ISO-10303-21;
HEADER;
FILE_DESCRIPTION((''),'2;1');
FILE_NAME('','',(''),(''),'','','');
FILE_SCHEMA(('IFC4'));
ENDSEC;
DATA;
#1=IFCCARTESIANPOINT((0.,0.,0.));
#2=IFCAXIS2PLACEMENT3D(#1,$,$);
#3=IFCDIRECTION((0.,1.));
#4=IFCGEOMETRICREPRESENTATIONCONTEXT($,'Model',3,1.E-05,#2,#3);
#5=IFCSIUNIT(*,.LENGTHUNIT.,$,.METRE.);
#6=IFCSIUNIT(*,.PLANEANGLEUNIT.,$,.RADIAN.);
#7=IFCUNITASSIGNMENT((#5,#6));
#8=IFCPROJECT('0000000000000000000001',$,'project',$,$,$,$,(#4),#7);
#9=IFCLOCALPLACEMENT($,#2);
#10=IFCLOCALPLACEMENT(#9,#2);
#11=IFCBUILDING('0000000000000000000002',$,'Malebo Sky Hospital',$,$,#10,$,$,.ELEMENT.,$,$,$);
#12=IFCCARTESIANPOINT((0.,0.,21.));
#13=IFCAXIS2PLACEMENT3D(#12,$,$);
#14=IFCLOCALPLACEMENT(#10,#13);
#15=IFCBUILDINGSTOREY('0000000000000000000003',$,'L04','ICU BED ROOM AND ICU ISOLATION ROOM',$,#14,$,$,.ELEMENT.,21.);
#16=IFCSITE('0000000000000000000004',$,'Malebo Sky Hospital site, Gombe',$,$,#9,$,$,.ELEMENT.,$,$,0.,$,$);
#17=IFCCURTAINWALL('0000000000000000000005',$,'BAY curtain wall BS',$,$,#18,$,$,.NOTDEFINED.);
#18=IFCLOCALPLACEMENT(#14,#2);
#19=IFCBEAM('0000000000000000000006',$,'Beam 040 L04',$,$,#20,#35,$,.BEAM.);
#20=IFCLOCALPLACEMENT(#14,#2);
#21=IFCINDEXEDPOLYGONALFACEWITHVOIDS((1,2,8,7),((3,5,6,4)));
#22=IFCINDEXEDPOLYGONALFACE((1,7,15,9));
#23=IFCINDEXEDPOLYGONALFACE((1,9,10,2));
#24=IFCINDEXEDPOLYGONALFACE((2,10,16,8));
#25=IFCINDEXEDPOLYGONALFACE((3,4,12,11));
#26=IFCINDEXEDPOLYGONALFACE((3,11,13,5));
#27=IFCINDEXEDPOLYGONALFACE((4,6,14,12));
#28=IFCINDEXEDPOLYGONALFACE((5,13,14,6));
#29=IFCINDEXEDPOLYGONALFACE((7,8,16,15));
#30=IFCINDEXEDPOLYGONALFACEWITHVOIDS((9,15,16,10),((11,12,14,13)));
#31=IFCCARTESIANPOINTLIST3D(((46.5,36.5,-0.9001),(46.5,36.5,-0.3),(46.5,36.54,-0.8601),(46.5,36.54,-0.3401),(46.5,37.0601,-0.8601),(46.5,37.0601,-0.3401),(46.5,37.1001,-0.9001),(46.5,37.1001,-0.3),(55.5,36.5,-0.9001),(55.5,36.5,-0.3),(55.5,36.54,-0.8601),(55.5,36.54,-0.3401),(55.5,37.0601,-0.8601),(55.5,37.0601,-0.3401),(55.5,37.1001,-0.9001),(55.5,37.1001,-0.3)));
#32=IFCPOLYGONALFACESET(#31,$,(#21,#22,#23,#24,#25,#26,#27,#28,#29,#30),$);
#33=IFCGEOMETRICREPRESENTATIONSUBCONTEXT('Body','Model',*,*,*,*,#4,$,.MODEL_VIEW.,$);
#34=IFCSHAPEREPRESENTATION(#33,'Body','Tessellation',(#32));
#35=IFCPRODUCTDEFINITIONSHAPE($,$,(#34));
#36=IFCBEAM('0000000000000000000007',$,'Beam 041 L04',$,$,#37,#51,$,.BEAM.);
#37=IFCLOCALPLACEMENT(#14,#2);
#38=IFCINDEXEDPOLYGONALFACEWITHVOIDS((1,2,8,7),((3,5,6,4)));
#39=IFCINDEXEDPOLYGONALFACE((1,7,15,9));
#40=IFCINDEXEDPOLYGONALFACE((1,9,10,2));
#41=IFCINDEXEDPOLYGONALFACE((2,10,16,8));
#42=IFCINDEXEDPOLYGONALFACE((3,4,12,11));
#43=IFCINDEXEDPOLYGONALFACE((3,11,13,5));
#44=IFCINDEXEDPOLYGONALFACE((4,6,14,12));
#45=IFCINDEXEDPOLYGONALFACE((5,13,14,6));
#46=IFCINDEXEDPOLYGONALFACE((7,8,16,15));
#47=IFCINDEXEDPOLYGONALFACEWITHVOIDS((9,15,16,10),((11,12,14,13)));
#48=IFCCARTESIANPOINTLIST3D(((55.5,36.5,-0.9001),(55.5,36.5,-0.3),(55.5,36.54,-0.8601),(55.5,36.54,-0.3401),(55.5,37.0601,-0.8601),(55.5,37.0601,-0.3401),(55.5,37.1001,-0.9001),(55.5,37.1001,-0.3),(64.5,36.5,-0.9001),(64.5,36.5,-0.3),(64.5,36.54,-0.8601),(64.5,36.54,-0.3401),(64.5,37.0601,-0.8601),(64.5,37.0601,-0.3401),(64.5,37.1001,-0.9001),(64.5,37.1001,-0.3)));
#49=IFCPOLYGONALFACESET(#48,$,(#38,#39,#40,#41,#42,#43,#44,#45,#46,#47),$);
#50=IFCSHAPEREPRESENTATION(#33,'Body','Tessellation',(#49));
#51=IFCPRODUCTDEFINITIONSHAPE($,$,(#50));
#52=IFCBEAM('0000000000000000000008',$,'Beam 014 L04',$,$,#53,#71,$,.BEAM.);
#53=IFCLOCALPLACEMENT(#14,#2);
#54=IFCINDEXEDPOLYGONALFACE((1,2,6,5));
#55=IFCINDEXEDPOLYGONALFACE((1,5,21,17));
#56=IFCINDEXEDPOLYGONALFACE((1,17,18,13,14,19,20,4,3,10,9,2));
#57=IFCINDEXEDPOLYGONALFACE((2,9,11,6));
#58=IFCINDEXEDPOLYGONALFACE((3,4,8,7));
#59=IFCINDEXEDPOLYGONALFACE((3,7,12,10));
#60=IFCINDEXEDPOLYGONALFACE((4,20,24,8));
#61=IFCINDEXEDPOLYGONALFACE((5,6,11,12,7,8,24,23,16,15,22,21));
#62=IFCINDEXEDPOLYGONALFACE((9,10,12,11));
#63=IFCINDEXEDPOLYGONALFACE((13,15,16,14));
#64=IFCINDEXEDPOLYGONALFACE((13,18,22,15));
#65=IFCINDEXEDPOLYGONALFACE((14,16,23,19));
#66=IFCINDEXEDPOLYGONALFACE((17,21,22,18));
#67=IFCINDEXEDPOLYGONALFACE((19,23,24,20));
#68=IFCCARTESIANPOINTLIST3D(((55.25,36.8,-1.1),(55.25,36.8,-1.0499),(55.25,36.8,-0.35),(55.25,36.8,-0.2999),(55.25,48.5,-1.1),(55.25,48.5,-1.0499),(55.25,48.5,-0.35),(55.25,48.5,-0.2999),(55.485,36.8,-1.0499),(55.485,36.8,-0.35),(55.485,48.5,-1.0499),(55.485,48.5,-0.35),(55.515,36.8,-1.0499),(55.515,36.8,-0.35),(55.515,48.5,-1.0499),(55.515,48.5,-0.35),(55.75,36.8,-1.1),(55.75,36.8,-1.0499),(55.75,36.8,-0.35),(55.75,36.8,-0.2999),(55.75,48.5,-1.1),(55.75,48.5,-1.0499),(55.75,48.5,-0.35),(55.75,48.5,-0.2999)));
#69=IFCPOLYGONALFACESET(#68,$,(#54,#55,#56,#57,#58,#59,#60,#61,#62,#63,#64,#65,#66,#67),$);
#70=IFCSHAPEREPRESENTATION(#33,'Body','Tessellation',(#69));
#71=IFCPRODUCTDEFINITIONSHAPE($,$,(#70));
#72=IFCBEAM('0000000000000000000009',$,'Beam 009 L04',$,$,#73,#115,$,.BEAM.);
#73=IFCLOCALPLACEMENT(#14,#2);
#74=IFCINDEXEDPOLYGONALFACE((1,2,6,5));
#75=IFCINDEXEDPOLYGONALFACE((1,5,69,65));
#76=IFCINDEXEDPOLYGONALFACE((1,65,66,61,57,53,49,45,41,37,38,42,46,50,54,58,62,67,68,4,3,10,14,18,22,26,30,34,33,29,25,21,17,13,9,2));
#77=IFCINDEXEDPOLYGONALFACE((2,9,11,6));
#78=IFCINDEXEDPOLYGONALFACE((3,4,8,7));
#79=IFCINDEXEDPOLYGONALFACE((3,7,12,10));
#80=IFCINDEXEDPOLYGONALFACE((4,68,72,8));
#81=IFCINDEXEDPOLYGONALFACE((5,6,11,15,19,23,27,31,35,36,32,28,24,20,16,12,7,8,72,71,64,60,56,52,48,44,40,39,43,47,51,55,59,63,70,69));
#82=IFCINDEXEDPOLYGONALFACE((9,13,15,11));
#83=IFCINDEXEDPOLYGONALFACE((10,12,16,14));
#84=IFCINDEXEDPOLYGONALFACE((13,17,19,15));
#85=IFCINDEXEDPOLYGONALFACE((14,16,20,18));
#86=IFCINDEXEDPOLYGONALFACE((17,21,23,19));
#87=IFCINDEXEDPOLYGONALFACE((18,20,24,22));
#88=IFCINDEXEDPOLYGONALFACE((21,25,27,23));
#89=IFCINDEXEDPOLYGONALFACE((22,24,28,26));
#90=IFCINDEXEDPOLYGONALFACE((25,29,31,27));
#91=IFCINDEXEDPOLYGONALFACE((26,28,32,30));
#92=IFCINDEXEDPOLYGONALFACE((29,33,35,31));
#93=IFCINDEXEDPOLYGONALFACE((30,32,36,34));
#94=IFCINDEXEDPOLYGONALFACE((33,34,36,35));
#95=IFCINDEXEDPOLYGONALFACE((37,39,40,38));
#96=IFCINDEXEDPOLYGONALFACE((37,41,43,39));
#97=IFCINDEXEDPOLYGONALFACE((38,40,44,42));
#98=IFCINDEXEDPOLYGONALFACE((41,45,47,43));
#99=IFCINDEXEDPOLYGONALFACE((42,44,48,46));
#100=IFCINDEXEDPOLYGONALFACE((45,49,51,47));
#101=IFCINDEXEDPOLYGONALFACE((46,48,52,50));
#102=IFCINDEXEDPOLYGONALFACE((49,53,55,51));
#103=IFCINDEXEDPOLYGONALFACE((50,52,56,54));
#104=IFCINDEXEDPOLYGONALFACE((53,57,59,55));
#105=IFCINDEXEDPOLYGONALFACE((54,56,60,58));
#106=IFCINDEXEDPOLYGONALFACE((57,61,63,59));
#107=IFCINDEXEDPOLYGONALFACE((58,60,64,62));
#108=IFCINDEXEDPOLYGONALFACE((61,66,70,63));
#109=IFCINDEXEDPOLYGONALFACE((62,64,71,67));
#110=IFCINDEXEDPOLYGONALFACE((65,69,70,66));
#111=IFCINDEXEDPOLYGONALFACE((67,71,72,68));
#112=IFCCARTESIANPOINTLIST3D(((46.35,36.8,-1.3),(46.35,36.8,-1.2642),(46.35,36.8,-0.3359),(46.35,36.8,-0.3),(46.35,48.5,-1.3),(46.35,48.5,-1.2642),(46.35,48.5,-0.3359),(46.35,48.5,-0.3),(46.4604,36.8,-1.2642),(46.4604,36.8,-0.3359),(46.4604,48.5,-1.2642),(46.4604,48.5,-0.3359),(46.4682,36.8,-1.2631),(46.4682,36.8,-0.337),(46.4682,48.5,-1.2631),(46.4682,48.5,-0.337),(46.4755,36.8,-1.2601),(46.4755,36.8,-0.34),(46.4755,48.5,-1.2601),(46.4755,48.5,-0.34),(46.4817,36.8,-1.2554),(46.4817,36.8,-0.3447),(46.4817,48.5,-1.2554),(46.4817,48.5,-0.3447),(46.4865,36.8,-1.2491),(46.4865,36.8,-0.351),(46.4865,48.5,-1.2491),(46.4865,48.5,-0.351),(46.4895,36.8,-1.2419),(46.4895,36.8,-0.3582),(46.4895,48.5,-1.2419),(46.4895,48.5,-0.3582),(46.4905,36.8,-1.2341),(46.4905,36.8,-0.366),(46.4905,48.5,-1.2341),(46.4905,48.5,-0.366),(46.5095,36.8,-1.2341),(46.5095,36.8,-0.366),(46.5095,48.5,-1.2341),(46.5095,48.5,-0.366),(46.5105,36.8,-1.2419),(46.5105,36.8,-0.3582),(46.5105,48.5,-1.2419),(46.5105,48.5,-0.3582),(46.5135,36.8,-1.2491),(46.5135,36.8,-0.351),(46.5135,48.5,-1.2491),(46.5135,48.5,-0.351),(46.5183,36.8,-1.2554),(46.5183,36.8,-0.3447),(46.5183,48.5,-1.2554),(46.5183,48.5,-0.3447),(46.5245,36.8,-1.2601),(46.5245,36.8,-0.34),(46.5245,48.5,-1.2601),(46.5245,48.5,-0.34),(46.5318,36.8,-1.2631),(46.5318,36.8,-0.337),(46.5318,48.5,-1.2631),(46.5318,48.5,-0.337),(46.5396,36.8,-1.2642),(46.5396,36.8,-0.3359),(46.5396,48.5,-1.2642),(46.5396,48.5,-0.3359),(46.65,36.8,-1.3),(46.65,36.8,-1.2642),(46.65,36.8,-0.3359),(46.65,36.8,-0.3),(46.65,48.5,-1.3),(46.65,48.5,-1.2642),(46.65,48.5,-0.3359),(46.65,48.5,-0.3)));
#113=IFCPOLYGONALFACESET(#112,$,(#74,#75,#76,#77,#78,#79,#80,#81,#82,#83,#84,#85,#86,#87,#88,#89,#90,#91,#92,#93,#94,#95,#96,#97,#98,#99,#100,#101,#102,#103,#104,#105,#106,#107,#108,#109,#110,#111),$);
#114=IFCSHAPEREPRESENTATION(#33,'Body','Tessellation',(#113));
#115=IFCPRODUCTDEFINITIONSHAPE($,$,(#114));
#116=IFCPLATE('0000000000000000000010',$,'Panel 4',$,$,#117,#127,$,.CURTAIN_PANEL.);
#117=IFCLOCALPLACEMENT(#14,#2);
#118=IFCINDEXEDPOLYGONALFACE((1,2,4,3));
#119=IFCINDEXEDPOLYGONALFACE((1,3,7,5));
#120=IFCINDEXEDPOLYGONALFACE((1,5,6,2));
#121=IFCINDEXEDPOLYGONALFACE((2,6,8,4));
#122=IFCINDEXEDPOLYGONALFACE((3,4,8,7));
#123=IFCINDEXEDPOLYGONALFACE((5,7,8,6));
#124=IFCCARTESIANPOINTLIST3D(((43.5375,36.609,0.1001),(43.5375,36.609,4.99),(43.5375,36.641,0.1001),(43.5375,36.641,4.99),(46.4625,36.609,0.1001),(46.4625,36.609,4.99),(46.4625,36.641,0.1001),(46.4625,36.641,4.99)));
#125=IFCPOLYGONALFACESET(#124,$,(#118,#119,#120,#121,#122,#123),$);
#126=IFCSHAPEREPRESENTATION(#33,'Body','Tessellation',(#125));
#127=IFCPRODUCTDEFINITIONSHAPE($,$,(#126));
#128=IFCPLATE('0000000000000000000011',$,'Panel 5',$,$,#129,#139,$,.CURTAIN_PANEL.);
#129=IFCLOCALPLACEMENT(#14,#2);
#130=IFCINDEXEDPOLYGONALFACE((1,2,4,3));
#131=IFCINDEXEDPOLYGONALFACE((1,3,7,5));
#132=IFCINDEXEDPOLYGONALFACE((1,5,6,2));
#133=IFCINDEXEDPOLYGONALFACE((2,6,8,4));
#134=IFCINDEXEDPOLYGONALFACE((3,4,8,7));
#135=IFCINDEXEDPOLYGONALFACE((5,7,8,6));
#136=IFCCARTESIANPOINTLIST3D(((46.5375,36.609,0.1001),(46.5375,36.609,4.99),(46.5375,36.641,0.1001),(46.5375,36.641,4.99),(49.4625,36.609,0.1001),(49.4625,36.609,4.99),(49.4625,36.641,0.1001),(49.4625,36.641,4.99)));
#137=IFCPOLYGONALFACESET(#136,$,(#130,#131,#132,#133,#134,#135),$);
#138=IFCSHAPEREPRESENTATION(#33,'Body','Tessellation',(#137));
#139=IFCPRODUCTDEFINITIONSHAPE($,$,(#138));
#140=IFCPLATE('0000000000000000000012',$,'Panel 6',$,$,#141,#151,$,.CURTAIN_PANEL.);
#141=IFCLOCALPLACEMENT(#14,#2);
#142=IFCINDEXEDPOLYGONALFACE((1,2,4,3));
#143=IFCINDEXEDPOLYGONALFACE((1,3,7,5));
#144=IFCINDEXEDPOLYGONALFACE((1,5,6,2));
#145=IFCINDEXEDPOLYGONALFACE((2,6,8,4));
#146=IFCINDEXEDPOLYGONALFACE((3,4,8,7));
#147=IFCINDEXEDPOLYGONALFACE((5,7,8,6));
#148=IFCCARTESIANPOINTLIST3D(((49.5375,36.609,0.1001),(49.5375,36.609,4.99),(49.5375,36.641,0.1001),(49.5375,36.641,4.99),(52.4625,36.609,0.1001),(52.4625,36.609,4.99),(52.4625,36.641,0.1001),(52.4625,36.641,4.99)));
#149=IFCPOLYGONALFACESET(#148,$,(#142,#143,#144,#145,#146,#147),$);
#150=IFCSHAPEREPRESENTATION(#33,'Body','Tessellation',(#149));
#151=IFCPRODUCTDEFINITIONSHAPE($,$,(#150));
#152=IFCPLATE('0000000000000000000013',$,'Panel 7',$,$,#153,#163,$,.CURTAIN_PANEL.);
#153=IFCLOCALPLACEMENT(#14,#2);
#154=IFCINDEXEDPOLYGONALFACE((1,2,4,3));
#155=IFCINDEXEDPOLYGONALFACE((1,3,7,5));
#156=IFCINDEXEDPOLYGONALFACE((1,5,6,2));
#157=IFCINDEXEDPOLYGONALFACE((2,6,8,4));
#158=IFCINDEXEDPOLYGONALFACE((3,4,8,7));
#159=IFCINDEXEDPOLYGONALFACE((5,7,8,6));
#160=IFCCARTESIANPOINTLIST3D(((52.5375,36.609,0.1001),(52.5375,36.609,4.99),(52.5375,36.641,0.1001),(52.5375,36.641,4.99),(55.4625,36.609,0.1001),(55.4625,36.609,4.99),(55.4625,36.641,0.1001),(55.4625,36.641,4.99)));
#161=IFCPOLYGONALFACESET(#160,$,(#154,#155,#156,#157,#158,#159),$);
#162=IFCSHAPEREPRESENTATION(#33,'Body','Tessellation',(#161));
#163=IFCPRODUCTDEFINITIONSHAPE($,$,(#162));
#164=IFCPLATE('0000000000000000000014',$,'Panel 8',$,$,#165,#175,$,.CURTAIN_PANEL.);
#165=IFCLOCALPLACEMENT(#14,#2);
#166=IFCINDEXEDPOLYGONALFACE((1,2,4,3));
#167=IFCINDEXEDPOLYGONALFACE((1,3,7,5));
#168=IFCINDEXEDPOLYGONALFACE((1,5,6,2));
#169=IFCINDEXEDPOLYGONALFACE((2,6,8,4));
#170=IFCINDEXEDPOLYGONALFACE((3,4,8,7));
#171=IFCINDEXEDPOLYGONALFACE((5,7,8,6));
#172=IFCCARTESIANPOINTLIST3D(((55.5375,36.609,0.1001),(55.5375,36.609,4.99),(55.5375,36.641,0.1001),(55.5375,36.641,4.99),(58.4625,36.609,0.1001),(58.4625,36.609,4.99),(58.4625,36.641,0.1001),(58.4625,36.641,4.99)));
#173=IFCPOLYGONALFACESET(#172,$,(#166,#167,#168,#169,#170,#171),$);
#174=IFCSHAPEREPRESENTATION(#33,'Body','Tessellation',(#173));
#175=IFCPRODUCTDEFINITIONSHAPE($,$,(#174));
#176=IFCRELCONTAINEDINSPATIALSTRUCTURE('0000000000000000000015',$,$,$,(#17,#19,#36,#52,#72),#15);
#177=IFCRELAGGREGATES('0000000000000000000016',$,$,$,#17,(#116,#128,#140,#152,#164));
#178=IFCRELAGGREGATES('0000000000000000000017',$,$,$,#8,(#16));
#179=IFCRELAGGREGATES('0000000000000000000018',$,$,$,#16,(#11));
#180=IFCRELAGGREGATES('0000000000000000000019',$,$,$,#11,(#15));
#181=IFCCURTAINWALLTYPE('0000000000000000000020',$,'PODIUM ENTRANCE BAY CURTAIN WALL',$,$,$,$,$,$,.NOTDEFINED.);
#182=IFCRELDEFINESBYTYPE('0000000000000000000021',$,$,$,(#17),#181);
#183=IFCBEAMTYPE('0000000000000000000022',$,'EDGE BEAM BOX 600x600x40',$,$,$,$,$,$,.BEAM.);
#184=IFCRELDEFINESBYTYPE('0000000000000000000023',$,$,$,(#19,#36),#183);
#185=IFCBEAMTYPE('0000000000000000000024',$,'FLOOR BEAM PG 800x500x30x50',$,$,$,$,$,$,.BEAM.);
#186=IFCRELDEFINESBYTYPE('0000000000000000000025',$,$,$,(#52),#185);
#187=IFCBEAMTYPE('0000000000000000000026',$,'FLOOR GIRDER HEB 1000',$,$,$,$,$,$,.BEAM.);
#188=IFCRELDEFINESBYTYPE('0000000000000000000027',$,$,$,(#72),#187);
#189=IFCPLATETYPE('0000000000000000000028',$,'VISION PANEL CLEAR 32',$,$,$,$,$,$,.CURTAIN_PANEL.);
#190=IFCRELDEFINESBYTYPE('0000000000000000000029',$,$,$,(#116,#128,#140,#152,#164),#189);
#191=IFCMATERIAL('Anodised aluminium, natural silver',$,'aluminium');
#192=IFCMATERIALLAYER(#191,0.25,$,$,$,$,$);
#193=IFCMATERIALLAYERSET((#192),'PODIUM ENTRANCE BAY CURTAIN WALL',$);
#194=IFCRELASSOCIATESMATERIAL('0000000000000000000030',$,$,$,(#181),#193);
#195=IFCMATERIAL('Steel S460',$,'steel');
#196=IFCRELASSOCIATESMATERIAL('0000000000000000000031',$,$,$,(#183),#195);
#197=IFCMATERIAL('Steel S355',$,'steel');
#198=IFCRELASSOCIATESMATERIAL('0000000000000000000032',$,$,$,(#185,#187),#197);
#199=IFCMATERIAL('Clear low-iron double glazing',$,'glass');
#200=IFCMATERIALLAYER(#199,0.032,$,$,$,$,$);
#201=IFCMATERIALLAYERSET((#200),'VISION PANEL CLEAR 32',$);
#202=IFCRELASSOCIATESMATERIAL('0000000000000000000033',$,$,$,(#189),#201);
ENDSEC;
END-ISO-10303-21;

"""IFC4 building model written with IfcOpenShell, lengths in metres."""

from ifc_helpers import new_model, si_unit, direction, frame, origin, origin_2d, place, context, subcontext, project, spatial, rectangle, hollow_rectangle, i_section, extrude, material, layer, layer_set, material_profile, profile_set, type_object, element, aggregate, save


model = new_model("IFC4")

# Units and contexts
model_context = context("Model", 3, precision=1e-05, world=origin(), true_north=direction((0.0, 1.0)))
body_context = subcontext(model_context, "Body", "Model", "MODEL_VIEW")
ifc_project = project(units=[si_unit("LENGTHUNIT", "METRE"), si_unit("PLANEANGLEUNIT", "RADIAN")], contexts=[model_context])

# Site, building, storey
site_placement = place(None, origin())
site = spatial("IfcSite", under=ifc_project, at=site_placement, Name="Malebo Sky Hospital site, Gombe", CompositionType="ELEMENT", RefElevation=0.0)
building_placement = place(site_placement, origin())
building = spatial("IfcBuilding", under=site, at=building_placement, Name="Malebo Sky Hospital", CompositionType="ELEMENT")
storey_placement = place(building_placement, frame((0.0, 0.0, 21.0)))
storey = spatial("IfcBuildingStorey", under=building, at=storey_placement, Name="L04", Description="ICU BED ROOM AND ICU ISOLATION ROOM", CompositionType="ELEMENT", Elevation=21.0)

# Shared definitions
ifc_material_1 = material(Name="Steel S460", Category="steel")

# Curtain wall
ifc_material_2 = material(Name="Anodised aluminium, natural silver", Category="aluminium")
ifc_layer_1 = layer(ifc_material_2, 0.25)
ifc_layer_set_1 = layer_set([ifc_layer_1], Name="PODIUM ENTRANCE BAY CURTAIN WALL")
curtain_wall_type = type_object("IfcCurtainWallType", Name="PODIUM ENTRANCE BAY CURTAIN WALL", PredefinedType="NOTDEFINED", material=ifc_layer_set_1)
curtain_wall_placement = place(storey_placement, origin())
curtain_wall = element("IfcCurtainWall", 1, at=curtain_wall_placement, inside=storey, type_object=curtain_wall_type, Name="BAY curtain wall BS", PredefinedType="NOTDEFINED")

# Beams
ifc_material_profile_1 = material_profile(ifc_material_1, hollow_rectangle(XDim=0.6001, YDim=0.6001, WallThickness=0.04, at=origin_2d()), Name="BOX 600x600x40")
ifc_profile_set_1 = profile_set([ifc_material_profile_1], Name="Steel S460")
beam_type_1 = type_object("IfcBeamType", Name="EDGE BEAM BOX 600x600x40", PredefinedType="BEAM", material=ifc_profile_set_1)
for number, where, z_axis, x_axis, name in (
    (2, (46.5, 36.8, -0.6001), (1.0, 0.0, 0.0), (0.0, 1.0, 0.0), "Beam 040 L04"),
    (3, (55.5, 36.8, -0.6001), (1.0, 0.0, 0.0), (0.0, 1.0, 0.0), "Beam 041 L04"),
):
    element("IfcBeam", number, at=place(storey_placement, frame(where, z_axis=z_axis, x_axis=x_axis)), inside=storey, type_object=beam_type_1, Name=name, PredefinedType="BEAM", context=body_context, shape_type="SweptSolid", body=[
        extrude(hollow_rectangle(XDim=0.6001, YDim=0.6001, WallThickness=0.04, at=origin_2d()), origin(), (0.0, 0.0, 1.0), 9.0),
    ])
ifc_material_3 = material(Name="Steel S355", Category="steel")
ifc_material_profile_2 = material_profile(ifc_material_3, i_section(OverallWidth=0.5, OverallDepth=0.8, WebThickness=0.03, FlangeThickness=0.05, at=origin_2d()), Name="PG 800x500x30x50")
ifc_profile_set_2 = profile_set([ifc_material_profile_2], Name="Steel S355")
beam_type_2 = type_object("IfcBeamType", Name="FLOOR BEAM PG 800x500x30x50", PredefinedType="BEAM", material=ifc_profile_set_2)
beam_1_placement = place(storey_placement, frame((55.5, 36.8, -0.7), z_axis=(0.0, 1.0, 0.0), x_axis=(-1.0, 0.0, 0.0)))
element("IfcBeam", 4, at=beam_1_placement, inside=storey, type_object=beam_type_2, Name="Beam 014 L04", PredefinedType="BEAM", context=body_context, shape_type="SweptSolid", body=[
    extrude(i_section(OverallWidth=0.5, OverallDepth=0.8, WebThickness=0.03, FlangeThickness=0.05, at=origin_2d()), origin(), (0.0, 0.0, 1.0), 11.7),
])
ifc_material_profile_3 = material_profile(ifc_material_3, i_section(OverallWidth=0.3, OverallDepth=1.0, WebThickness=0.019, FlangeThickness=0.0359, FilletRadius=0.03, at=origin_2d()), Name="HEB 1000")
ifc_profile_set_3 = profile_set([ifc_material_profile_3], Name="Steel S355")
beam_type_3 = type_object("IfcBeamType", Name="FLOOR GIRDER HEB 1000", PredefinedType="BEAM", material=ifc_profile_set_3)
beam_2_placement = place(storey_placement, frame((46.5, 36.8, -0.8), z_axis=(0.0, 1.0, 0.0), x_axis=(-1.0, 0.0, 0.0)))
element("IfcBeam", 5, at=beam_2_placement, inside=storey, type_object=beam_type_3, Name="Beam 009 L04", PredefinedType="BEAM", context=body_context, shape_type="SweptSolid", body=[
    extrude(i_section(OverallWidth=0.3, OverallDepth=1.0, WebThickness=0.019, FlangeThickness=0.0359, FilletRadius=0.03, at=origin_2d()), origin(), (0.0, 0.0, 1.0), 11.7),
])

# Plates
ifc_material_4 = material(Name="Clear low-iron double glazing", Category="glass")
ifc_layer_2 = layer(ifc_material_4, 0.032)
ifc_layer_set_2 = layer_set([ifc_layer_2], Name="VISION PANEL CLEAR 32")
plate_type = type_object("IfcPlateType", Name="VISION PANEL CLEAR 32", PredefinedType="CURTAIN_PANEL", material=ifc_layer_set_2)
plate_1_placement = place(storey_placement, frame((45.0, 36.625, 0.1001), z_axis=(0.0, 0.0, 1.0), x_axis=(1.0, 0.0, 0.0)))
plate_1 = element("IfcPlate", 6, at=plate_1_placement, type_object=plate_type, Name="Panel 4", PredefinedType="CURTAIN_PANEL", context=body_context, shape_type="SweptSolid", body=[
    extrude(rectangle(XDim=2.925, YDim=0.032, at=origin_2d()), origin(), (0.0, 0.0, 1.0), 4.8899),
])
plate_2_placement = place(storey_placement, frame((48.0, 36.625, 0.1001), z_axis=(0.0, 0.0, 1.0), x_axis=(1.0, 0.0, 0.0)))
plate_2 = element("IfcPlate", 7, at=plate_2_placement, type_object=plate_type, Name="Panel 5", PredefinedType="CURTAIN_PANEL", context=body_context, shape_type="SweptSolid", body=[
    extrude(rectangle(XDim=2.925, YDim=0.032, at=origin_2d()), origin(), (0.0, 0.0, 1.0), 4.8899),
])
plate_3_placement = place(storey_placement, frame((51.0, 36.625, 0.1001), z_axis=(0.0, 0.0, 1.0), x_axis=(1.0, 0.0, 0.0)))
plate_3 = element("IfcPlate", 8, at=plate_3_placement, type_object=plate_type, Name="Panel 6", PredefinedType="CURTAIN_PANEL", context=body_context, shape_type="SweptSolid", body=[
    extrude(rectangle(XDim=2.925, YDim=0.032, at=origin_2d()), origin(), (0.0, 0.0, 1.0), 4.8899),
])
plate_4_placement = place(storey_placement, frame((54.0, 36.625, 0.1001), z_axis=(0.0, 0.0, 1.0), x_axis=(1.0, 0.0, 0.0)))
plate_4 = element("IfcPlate", 9, at=plate_4_placement, type_object=plate_type, Name="Panel 7", PredefinedType="CURTAIN_PANEL", context=body_context, shape_type="SweptSolid", body=[
    extrude(rectangle(XDim=2.925, YDim=0.032, at=origin_2d()), origin(), (0.0, 0.0, 1.0), 4.8899),
])
plate_5_placement = place(storey_placement, frame((57.0, 36.625, 0.1001), z_axis=(0.0, 0.0, 1.0), x_axis=(1.0, 0.0, 0.0)))
plate_5 = element("IfcPlate", 10, at=plate_5_placement, type_object=plate_type, Name="Panel 8", PredefinedType="CURTAIN_PANEL", context=body_context, shape_type="SweptSolid", body=[
    extrude(rectangle(XDim=2.925, YDim=0.032, at=origin_2d()), origin(), (0.0, 0.0, 1.0), 4.8899),
])
aggregate(curtain_wall, [plate_1, plate_2, plate_3, plate_4, plate_5])

save(model, "model.ifc")
